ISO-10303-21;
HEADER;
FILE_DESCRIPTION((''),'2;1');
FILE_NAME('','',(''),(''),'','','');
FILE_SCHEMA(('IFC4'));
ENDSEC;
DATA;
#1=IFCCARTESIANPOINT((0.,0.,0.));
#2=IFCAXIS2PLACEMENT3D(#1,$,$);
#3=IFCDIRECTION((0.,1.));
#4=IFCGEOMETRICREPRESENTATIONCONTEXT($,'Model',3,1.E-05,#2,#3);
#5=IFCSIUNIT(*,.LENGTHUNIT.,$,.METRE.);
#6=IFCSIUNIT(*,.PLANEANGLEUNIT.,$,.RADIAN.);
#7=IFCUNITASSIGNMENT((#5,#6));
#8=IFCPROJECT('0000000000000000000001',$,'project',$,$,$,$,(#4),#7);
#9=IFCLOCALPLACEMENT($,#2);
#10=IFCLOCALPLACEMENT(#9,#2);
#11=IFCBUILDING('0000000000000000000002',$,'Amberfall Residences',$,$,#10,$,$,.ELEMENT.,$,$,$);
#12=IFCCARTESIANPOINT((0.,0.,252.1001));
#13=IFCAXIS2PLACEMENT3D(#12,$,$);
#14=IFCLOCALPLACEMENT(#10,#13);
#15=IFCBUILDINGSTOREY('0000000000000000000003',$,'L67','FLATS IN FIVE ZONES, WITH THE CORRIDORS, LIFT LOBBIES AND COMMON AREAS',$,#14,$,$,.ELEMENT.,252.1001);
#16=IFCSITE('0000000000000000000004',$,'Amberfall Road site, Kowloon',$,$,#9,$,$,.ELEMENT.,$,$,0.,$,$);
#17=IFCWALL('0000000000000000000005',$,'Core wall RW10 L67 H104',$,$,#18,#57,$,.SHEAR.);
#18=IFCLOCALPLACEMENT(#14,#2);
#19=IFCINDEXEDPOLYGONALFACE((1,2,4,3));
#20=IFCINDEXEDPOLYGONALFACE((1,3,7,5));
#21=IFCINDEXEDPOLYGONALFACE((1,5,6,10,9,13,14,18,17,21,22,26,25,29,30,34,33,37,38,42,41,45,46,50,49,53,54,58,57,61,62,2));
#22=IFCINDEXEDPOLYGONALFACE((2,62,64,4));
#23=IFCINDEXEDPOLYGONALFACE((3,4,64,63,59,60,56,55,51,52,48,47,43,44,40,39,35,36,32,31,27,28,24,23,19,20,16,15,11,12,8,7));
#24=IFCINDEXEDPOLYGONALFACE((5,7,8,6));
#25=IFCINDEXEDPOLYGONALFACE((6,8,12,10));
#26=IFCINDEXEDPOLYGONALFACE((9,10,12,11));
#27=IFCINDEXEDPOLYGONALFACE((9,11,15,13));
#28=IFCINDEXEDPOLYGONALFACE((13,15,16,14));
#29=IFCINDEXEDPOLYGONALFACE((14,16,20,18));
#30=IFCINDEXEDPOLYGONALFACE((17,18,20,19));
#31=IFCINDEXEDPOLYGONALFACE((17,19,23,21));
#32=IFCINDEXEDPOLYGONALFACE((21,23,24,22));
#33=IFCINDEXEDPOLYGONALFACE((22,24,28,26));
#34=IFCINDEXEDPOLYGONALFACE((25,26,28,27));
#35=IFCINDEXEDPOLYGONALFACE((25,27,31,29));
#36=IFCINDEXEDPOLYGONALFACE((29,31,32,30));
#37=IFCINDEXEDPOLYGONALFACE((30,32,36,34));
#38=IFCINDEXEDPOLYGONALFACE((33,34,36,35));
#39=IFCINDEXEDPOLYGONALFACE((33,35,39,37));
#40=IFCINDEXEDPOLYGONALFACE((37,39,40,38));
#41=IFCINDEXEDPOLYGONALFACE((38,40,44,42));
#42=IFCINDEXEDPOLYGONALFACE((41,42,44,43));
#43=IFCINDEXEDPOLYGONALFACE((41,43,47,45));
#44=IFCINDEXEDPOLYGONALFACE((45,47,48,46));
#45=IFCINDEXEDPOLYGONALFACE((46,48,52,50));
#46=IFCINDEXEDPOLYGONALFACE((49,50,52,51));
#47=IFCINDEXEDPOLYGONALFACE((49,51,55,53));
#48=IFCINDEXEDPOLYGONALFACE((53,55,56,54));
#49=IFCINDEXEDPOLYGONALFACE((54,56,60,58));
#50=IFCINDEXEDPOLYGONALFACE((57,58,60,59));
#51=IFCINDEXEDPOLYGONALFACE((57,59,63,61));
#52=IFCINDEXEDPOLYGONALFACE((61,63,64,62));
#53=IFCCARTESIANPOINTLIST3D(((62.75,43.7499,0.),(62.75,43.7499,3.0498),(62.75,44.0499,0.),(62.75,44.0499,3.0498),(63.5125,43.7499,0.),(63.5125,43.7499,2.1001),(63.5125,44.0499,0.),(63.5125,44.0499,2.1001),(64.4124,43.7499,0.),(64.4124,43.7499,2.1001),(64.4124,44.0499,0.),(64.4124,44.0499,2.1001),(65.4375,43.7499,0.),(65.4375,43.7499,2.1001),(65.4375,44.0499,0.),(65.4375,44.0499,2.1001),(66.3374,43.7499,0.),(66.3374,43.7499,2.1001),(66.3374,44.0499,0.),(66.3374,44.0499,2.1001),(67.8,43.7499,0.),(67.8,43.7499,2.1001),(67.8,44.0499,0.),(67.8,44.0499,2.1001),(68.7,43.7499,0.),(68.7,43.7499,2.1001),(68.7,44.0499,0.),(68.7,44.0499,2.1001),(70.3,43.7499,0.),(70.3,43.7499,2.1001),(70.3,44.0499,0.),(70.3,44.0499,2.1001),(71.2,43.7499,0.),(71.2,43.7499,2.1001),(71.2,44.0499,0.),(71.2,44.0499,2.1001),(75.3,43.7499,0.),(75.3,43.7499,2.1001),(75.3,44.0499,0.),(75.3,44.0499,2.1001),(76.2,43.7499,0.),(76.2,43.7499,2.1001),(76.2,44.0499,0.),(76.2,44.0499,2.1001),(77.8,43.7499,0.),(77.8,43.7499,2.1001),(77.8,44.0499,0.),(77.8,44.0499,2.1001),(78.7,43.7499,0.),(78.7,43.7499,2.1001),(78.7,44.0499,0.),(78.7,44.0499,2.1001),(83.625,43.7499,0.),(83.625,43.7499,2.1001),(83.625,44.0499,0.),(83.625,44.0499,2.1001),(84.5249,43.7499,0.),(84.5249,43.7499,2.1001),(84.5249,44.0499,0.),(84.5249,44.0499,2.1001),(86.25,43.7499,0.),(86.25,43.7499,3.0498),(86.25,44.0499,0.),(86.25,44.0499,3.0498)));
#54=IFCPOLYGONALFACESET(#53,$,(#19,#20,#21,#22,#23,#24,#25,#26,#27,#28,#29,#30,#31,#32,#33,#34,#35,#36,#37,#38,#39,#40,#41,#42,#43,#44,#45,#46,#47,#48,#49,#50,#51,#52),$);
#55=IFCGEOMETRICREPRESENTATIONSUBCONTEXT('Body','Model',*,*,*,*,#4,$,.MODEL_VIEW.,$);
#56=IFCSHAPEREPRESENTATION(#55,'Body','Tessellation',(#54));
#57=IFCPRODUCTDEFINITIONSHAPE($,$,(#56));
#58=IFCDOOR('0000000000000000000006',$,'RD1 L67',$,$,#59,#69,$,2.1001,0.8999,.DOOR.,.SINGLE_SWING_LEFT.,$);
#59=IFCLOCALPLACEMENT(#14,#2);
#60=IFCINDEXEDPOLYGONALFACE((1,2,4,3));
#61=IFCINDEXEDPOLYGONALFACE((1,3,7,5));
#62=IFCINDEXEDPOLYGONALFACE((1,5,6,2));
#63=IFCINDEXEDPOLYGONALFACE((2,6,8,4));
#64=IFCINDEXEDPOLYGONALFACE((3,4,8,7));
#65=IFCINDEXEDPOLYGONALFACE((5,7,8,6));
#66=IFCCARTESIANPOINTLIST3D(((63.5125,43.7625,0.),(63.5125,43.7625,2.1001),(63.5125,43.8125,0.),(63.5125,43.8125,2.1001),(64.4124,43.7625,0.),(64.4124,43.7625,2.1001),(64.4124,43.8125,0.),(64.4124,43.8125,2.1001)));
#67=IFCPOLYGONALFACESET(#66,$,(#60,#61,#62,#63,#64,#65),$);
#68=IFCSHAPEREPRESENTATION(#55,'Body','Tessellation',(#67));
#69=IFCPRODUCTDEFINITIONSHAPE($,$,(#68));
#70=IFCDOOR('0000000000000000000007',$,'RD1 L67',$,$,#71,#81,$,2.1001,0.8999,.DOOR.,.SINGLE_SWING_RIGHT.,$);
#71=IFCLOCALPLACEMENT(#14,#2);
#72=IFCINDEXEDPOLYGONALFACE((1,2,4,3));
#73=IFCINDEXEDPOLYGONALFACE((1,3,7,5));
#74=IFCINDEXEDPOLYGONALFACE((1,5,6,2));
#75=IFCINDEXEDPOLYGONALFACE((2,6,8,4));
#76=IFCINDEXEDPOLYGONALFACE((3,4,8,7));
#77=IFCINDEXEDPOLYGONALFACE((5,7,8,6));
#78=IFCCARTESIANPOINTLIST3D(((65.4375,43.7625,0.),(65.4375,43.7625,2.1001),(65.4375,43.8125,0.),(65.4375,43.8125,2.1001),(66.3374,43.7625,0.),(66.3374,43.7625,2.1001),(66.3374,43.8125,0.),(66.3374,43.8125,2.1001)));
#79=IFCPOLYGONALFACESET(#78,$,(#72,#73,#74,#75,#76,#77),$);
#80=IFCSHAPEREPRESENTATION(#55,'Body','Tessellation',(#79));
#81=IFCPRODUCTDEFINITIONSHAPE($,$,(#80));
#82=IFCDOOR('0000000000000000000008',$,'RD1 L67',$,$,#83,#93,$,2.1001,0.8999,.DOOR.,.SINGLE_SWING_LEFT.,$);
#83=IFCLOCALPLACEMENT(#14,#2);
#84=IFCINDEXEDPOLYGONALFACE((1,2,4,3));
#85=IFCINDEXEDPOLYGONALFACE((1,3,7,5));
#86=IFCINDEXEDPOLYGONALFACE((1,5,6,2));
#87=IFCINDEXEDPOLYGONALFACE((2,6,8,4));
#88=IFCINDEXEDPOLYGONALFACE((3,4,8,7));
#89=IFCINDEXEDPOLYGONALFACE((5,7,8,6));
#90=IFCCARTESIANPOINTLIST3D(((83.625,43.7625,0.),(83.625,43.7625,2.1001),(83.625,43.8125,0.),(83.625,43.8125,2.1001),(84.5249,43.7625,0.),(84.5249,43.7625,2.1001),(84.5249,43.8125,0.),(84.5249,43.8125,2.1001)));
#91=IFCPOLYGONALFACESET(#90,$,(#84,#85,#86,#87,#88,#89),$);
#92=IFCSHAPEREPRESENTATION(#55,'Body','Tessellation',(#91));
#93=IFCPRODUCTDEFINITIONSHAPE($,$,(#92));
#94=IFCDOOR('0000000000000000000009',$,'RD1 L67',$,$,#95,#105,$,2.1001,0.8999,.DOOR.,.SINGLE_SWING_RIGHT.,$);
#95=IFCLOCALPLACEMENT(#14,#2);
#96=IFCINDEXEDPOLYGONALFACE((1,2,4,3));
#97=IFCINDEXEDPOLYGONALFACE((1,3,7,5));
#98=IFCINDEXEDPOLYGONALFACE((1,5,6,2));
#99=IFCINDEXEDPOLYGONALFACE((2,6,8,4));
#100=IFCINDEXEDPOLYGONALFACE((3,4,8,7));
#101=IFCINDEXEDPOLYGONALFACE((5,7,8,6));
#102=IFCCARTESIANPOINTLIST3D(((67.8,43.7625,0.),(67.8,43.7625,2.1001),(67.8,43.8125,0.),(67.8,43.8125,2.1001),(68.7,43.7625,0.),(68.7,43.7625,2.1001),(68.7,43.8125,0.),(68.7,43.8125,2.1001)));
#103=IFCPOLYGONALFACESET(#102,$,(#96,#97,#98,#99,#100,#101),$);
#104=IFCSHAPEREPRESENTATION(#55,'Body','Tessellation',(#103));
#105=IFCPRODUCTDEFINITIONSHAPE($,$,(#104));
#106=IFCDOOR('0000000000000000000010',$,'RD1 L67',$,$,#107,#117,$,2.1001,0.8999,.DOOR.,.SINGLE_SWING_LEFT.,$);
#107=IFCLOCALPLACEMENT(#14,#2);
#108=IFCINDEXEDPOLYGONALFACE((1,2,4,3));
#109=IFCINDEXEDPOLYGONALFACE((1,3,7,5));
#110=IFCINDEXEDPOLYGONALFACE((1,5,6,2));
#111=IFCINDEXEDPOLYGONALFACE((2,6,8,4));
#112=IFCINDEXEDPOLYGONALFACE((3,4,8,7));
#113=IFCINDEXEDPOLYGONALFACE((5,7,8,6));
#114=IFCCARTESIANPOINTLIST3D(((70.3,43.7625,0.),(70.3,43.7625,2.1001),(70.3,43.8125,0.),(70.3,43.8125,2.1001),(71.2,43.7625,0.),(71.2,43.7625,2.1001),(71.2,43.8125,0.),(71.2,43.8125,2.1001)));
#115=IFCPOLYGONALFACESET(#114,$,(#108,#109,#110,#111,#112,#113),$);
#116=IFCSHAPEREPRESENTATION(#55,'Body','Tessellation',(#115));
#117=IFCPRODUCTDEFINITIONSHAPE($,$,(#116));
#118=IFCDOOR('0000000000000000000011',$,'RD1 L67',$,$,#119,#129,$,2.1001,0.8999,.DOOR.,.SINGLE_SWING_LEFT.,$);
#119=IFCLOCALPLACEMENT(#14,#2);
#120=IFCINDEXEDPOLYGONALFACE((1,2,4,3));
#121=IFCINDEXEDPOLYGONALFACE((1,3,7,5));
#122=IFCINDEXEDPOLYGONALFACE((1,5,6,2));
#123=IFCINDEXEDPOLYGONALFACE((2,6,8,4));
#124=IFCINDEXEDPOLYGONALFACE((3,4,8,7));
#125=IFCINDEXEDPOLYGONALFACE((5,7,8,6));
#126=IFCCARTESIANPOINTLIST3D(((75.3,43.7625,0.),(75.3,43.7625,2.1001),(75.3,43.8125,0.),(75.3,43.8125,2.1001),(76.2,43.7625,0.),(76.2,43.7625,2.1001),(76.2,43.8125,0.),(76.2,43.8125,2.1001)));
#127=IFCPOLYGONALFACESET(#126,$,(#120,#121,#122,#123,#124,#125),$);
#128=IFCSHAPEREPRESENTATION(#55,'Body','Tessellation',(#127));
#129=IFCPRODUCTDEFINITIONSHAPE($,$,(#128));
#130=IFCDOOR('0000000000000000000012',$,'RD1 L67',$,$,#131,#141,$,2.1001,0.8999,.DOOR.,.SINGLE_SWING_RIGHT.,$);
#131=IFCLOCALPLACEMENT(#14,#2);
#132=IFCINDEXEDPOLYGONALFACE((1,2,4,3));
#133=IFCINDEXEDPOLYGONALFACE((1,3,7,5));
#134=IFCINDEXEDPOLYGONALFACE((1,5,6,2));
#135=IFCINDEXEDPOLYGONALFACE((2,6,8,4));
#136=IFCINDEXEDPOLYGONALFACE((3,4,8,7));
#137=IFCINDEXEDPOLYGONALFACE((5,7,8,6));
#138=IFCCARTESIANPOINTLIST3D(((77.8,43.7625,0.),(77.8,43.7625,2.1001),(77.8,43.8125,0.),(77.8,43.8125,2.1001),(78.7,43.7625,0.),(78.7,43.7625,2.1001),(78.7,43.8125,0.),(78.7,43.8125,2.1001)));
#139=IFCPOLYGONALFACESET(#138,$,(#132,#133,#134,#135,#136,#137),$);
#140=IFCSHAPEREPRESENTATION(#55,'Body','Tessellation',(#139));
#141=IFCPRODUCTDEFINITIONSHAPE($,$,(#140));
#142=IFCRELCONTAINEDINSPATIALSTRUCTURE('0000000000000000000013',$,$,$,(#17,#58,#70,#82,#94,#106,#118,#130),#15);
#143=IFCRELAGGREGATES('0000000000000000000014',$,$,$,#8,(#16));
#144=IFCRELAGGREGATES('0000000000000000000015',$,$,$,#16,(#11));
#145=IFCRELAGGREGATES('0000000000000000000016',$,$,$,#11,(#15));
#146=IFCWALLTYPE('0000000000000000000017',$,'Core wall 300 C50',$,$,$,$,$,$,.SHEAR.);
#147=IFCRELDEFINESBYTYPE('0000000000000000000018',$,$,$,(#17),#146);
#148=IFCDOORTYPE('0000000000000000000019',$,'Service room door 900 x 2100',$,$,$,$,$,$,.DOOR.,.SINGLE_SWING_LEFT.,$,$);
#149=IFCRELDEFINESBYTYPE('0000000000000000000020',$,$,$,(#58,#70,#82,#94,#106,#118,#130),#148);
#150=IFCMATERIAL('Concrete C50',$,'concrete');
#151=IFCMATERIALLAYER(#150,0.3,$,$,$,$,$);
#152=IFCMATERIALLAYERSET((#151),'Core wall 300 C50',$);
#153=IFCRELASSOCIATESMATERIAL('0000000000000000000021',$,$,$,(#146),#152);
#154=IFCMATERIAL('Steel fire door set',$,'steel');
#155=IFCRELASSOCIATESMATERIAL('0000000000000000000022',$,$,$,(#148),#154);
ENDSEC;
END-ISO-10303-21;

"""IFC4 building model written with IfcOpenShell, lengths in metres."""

from ifc_helpers import new_model, si_unit, direction, frame, frame_2d, origin, place, context, subcontext, project, spatial, rectangle, extrude, material, layer, layer_set, type_object, element, fill, save


model = new_model("IFC4")

# Units and contexts
model_context = context("Model", 3, precision=1e-05, world=origin(), true_north=direction((0.0, 1.0)))
body_context = subcontext(model_context, "Body", "Model", "MODEL_VIEW")
ifc_project = project(units=[si_unit("LENGTHUNIT", "METRE"), si_unit("PLANEANGLEUNIT", "RADIAN")], contexts=[model_context])

# Site, building, storey
site_placement = place(None, origin())
site = spatial("IfcSite", under=ifc_project, at=site_placement, Name="Amberfall Road site, Kowloon", CompositionType="ELEMENT", RefElevation=0.0)
building_placement = place(site_placement, origin())
building = spatial("IfcBuilding", under=site, at=building_placement, Name="Amberfall Residences", CompositionType="ELEMENT")
storey_placement = place(building_placement, frame((0.0, 0.0, 252.1001)))
storey = spatial("IfcBuildingStorey", under=building, at=storey_placement, Name="L67", Description="FLATS IN FIVE ZONES, WITH THE CORRIDORS, LIFT LOBBIES AND COMMON AREAS", CompositionType="ELEMENT", Elevation=252.1001)

# Wall, openings, doors
ifc_material_1 = material(Name="Concrete C50", Category="concrete")
ifc_layer_1 = layer(ifc_material_1, 0.3)
ifc_layer_set_1 = layer_set([ifc_layer_1], Name="Core wall 300 C50")
wall_type_1 = type_object("IfcWallType", Name="Core wall 300 C50", PredefinedType="SHEAR", material=ifc_layer_set_1)
wall_1_placement = place(storey_placement, frame((62.75, 43.8999, 0.0), z_axis=(0.0, 0.0, 1.0), x_axis=(1.0, 0.0, 0.0)))
wall_1 = element("IfcWall", 1, at=wall_1_placement, inside=storey, type_object=wall_type_1, Name="Core wall RW10 L67 H104", PredefinedType="SHEAR", context=body_context, shape_type="SweptSolid", body=[
    extrude(rectangle(XDim=23.5, YDim=0.3, at=frame_2d((11.75, 0.0))), origin(), (0.0, 0.0, 1.0), 3.0498),
])
opening_1_placement = place(wall_1_placement, frame((0.7625, 0.0, 0.0)))
opening_1 = element("IfcOpeningElement", 2, at=opening_1_placement, cuts=wall_1, PredefinedType="OPENING", context=body_context, shape_type="SweptSolid", body=[
    extrude(rectangle(XDim=0.8999, YDim=2.1001, at=frame_2d((0.45, 1.05))), frame((0.0, 0.1599, 0.0), z_axis=(0.0, -1.0, 0.0), x_axis=(1.0, 0.0, 0.0)), (0.0, 0.0, 1.0), 0.3201),
])
opening_2_placement = place(wall_1_placement, frame((2.6875, 0.0, 0.0)))
opening_2 = element("IfcOpeningElement", 3, at=opening_2_placement, cuts=wall_1, PredefinedType="OPENING", context=body_context, shape_type="SweptSolid", body=[
    extrude(rectangle(XDim=0.8999, YDim=2.1001, at=frame_2d((0.45, 1.05))), frame((0.0, 0.1599, 0.0), z_axis=(0.0, -1.0, 0.0), x_axis=(1.0, 0.0, 0.0)), (0.0, 0.0, 1.0), 0.3201),
])
opening_3_placement = place(wall_1_placement, frame((20.875, 0.0, 0.0)))
opening_3 = element("IfcOpeningElement", 4, at=opening_3_placement, cuts=wall_1, PredefinedType="OPENING", context=body_context, shape_type="SweptSolid", body=[
    extrude(rectangle(XDim=0.8999, YDim=2.1001, at=frame_2d((0.45, 1.05))), frame((0.0, 0.1599, 0.0), z_axis=(0.0, -1.0, 0.0), x_axis=(1.0, 0.0, 0.0)), (0.0, 0.0, 1.0), 0.3201),
])
opening_4_placement = place(wall_1_placement, frame((5.05, 0.0, 0.0)))
opening_4 = element("IfcOpeningElement", 5, at=opening_4_placement, cuts=wall_1, PredefinedType="OPENING", context=body_context, shape_type="SweptSolid", body=[
    extrude(rectangle(XDim=0.8999, YDim=2.1001, at=frame_2d((0.45, 1.05))), frame((0.0, 0.1599, 0.0), z_axis=(0.0, -1.0, 0.0), x_axis=(1.0, 0.0, 0.0)), (0.0, 0.0, 1.0), 0.3201),
])
opening_5_placement = place(wall_1_placement, frame((7.55, 0.0, 0.0)))
opening_5 = element("IfcOpeningElement", 6, at=opening_5_placement, cuts=wall_1, PredefinedType="OPENING", context=body_context, shape_type="SweptSolid", body=[
    extrude(rectangle(XDim=0.8999, YDim=2.1001, at=frame_2d((0.45, 1.05))), frame((0.0, 0.1599, 0.0), z_axis=(0.0, -1.0, 0.0), x_axis=(1.0, 0.0, 0.0)), (0.0, 0.0, 1.0), 0.3201),
])
opening_6_placement = place(wall_1_placement, frame((12.55, 0.0, 0.0)))
opening_6 = element("IfcOpeningElement", 7, at=opening_6_placement, cuts=wall_1, PredefinedType="OPENING", context=body_context, shape_type="SweptSolid", body=[
    extrude(rectangle(XDim=0.8999, YDim=2.1001, at=frame_2d((0.45, 1.05))), frame((0.0, 0.1599, 0.0), z_axis=(0.0, -1.0, 0.0), x_axis=(1.0, 0.0, 0.0)), (0.0, 0.0, 1.0), 0.3201),
])
opening_7_placement = place(wall_1_placement, frame((15.05, 0.0, 0.0)))
opening_7 = element("IfcOpeningElement", 8, at=opening_7_placement, cuts=wall_1, PredefinedType="OPENING", context=body_context, shape_type="SweptSolid", body=[
    extrude(rectangle(XDim=0.8999, YDim=2.1001, at=frame_2d((0.45, 1.05))), frame((0.0, 0.1599, 0.0), z_axis=(0.0, -1.0, 0.0), x_axis=(1.0, 0.0, 0.0)), (0.0, 0.0, 1.0), 0.3201),
])
ifc_material_2 = material(Name="Steel fire door set", Category="steel")
door_type_1 = type_object("IfcDoorType", Name="Service room door 900 x 2100", OperationType="SINGLE_SWING_LEFT", PredefinedType="DOOR", material=ifc_material_2)
door_1_placement = place(opening_1_placement, origin())
door_1 = element("IfcDoor", 9, at=door_1_placement, inside=storey, type_object=door_type_1, Name="RD1 L67", OperationType="SINGLE_SWING_LEFT", OverallHeight=2.1001, OverallWidth=0.8999, PredefinedType="DOOR", context=body_context, shape_type="SweptSolid", body=[
    extrude(rectangle(XDim=0.8999, YDim=2.1001, at=frame_2d((0.45, 1.05))), frame((0.0, -0.0874, 0.0), z_axis=(0.0, -1.0, 0.0), x_axis=(1.0, 0.0, 0.0)), (0.0, 0.0, 1.0), 0.05),
])
fill(opening_1, door_1)
door_2_placement = place(opening_2_placement, origin())
door_2 = element("IfcDoor", 10, at=door_2_placement, inside=storey, type_object=door_type_1, Name="RD1 L67", OperationType="SINGLE_SWING_RIGHT", OverallHeight=2.1001, OverallWidth=0.8999, PredefinedType="DOOR", context=body_context, shape_type="SweptSolid", body=[
    extrude(rectangle(XDim=0.8999, YDim=2.1001, at=frame_2d((0.45, 1.05))), frame((0.0, -0.0874, 0.0), z_axis=(0.0, -1.0, 0.0), x_axis=(1.0, 0.0, 0.0)), (0.0, 0.0, 1.0), 0.05),
])
fill(opening_2, door_2)
door_3_placement = place(opening_3_placement, origin())
door_3 = element("IfcDoor", 11, at=door_3_placement, inside=storey, type_object=door_type_1, Name="RD1 L67", OperationType="SINGLE_SWING_LEFT", OverallHeight=2.1001, OverallWidth=0.8999, PredefinedType="DOOR", context=body_context, shape_type="SweptSolid", body=[
    extrude(rectangle(XDim=0.8999, YDim=2.1001, at=frame_2d((0.45, 1.05))), frame((0.0, -0.0874, 0.0), z_axis=(0.0, -1.0, 0.0), x_axis=(1.0, 0.0, 0.0)), (0.0, 0.0, 1.0), 0.05),
])
fill(opening_3, door_3)
door_4_placement = place(opening_4_placement, origin())
door_4 = element("IfcDoor", 12, at=door_4_placement, inside=storey, type_object=door_type_1, Name="RD1 L67", OperationType="SINGLE_SWING_RIGHT", OverallHeight=2.1001, OverallWidth=0.8999, PredefinedType="DOOR", context=body_context, shape_type="SweptSolid", body=[
    extrude(rectangle(XDim=0.8999, YDim=2.1001, at=frame_2d((0.45, 1.05))), frame((0.0, -0.0874, 0.0), z_axis=(0.0, -1.0, 0.0), x_axis=(1.0, 0.0, 0.0)), (0.0, 0.0, 1.0), 0.05),
])
fill(opening_4, door_4)
door_5_placement = place(opening_5_placement, origin())
door_5 = element("IfcDoor", 13, at=door_5_placement, inside=storey, type_object=door_type_1, Name="RD1 L67", OperationType="SINGLE_SWING_LEFT", OverallHeight=2.1001, OverallWidth=0.8999, PredefinedType="DOOR", context=body_context, shape_type="SweptSolid", body=[
    extrude(rectangle(XDim=0.8999, YDim=2.1001, at=frame_2d((0.45, 1.05))), frame((0.0, -0.0874, 0.0), z_axis=(0.0, -1.0, 0.0), x_axis=(1.0, 0.0, 0.0)), (0.0, 0.0, 1.0), 0.05),
])
fill(opening_5, door_5)
door_6_placement = place(opening_6_placement, origin())
door_6 = element("IfcDoor", 14, at=door_6_placement, inside=storey, type_object=door_type_1, Name="RD1 L67", OperationType="SINGLE_SWING_LEFT", OverallHeight=2.1001, OverallWidth=0.8999, PredefinedType="DOOR", context=body_context, shape_type="SweptSolid", body=[
    extrude(rectangle(XDim=0.8999, YDim=2.1001, at=frame_2d((0.45, 1.05))), frame((0.0, -0.0874, 0.0), z_axis=(0.0, -1.0, 0.0), x_axis=(1.0, 0.0, 0.0)), (0.0, 0.0, 1.0), 0.05),
])
fill(opening_6, door_6)
door_7_placement = place(opening_7_placement, origin())
door_7 = element("IfcDoor", 15, at=door_7_placement, inside=storey, type_object=door_type_1, Name="RD1 L67", OperationType="SINGLE_SWING_RIGHT", OverallHeight=2.1001, OverallWidth=0.8999, PredefinedType="DOOR", context=body_context, shape_type="SweptSolid", body=[
    extrude(rectangle(XDim=0.8999, YDim=2.1001, at=frame_2d((0.45, 1.05))), frame((0.0, -0.0874, 0.0), z_axis=(0.0, -1.0, 0.0), x_axis=(1.0, 0.0, 0.0)), (0.0, 0.0, 1.0), 0.05),
])
fill(opening_7, door_7)

save(model, "model.ifc")
